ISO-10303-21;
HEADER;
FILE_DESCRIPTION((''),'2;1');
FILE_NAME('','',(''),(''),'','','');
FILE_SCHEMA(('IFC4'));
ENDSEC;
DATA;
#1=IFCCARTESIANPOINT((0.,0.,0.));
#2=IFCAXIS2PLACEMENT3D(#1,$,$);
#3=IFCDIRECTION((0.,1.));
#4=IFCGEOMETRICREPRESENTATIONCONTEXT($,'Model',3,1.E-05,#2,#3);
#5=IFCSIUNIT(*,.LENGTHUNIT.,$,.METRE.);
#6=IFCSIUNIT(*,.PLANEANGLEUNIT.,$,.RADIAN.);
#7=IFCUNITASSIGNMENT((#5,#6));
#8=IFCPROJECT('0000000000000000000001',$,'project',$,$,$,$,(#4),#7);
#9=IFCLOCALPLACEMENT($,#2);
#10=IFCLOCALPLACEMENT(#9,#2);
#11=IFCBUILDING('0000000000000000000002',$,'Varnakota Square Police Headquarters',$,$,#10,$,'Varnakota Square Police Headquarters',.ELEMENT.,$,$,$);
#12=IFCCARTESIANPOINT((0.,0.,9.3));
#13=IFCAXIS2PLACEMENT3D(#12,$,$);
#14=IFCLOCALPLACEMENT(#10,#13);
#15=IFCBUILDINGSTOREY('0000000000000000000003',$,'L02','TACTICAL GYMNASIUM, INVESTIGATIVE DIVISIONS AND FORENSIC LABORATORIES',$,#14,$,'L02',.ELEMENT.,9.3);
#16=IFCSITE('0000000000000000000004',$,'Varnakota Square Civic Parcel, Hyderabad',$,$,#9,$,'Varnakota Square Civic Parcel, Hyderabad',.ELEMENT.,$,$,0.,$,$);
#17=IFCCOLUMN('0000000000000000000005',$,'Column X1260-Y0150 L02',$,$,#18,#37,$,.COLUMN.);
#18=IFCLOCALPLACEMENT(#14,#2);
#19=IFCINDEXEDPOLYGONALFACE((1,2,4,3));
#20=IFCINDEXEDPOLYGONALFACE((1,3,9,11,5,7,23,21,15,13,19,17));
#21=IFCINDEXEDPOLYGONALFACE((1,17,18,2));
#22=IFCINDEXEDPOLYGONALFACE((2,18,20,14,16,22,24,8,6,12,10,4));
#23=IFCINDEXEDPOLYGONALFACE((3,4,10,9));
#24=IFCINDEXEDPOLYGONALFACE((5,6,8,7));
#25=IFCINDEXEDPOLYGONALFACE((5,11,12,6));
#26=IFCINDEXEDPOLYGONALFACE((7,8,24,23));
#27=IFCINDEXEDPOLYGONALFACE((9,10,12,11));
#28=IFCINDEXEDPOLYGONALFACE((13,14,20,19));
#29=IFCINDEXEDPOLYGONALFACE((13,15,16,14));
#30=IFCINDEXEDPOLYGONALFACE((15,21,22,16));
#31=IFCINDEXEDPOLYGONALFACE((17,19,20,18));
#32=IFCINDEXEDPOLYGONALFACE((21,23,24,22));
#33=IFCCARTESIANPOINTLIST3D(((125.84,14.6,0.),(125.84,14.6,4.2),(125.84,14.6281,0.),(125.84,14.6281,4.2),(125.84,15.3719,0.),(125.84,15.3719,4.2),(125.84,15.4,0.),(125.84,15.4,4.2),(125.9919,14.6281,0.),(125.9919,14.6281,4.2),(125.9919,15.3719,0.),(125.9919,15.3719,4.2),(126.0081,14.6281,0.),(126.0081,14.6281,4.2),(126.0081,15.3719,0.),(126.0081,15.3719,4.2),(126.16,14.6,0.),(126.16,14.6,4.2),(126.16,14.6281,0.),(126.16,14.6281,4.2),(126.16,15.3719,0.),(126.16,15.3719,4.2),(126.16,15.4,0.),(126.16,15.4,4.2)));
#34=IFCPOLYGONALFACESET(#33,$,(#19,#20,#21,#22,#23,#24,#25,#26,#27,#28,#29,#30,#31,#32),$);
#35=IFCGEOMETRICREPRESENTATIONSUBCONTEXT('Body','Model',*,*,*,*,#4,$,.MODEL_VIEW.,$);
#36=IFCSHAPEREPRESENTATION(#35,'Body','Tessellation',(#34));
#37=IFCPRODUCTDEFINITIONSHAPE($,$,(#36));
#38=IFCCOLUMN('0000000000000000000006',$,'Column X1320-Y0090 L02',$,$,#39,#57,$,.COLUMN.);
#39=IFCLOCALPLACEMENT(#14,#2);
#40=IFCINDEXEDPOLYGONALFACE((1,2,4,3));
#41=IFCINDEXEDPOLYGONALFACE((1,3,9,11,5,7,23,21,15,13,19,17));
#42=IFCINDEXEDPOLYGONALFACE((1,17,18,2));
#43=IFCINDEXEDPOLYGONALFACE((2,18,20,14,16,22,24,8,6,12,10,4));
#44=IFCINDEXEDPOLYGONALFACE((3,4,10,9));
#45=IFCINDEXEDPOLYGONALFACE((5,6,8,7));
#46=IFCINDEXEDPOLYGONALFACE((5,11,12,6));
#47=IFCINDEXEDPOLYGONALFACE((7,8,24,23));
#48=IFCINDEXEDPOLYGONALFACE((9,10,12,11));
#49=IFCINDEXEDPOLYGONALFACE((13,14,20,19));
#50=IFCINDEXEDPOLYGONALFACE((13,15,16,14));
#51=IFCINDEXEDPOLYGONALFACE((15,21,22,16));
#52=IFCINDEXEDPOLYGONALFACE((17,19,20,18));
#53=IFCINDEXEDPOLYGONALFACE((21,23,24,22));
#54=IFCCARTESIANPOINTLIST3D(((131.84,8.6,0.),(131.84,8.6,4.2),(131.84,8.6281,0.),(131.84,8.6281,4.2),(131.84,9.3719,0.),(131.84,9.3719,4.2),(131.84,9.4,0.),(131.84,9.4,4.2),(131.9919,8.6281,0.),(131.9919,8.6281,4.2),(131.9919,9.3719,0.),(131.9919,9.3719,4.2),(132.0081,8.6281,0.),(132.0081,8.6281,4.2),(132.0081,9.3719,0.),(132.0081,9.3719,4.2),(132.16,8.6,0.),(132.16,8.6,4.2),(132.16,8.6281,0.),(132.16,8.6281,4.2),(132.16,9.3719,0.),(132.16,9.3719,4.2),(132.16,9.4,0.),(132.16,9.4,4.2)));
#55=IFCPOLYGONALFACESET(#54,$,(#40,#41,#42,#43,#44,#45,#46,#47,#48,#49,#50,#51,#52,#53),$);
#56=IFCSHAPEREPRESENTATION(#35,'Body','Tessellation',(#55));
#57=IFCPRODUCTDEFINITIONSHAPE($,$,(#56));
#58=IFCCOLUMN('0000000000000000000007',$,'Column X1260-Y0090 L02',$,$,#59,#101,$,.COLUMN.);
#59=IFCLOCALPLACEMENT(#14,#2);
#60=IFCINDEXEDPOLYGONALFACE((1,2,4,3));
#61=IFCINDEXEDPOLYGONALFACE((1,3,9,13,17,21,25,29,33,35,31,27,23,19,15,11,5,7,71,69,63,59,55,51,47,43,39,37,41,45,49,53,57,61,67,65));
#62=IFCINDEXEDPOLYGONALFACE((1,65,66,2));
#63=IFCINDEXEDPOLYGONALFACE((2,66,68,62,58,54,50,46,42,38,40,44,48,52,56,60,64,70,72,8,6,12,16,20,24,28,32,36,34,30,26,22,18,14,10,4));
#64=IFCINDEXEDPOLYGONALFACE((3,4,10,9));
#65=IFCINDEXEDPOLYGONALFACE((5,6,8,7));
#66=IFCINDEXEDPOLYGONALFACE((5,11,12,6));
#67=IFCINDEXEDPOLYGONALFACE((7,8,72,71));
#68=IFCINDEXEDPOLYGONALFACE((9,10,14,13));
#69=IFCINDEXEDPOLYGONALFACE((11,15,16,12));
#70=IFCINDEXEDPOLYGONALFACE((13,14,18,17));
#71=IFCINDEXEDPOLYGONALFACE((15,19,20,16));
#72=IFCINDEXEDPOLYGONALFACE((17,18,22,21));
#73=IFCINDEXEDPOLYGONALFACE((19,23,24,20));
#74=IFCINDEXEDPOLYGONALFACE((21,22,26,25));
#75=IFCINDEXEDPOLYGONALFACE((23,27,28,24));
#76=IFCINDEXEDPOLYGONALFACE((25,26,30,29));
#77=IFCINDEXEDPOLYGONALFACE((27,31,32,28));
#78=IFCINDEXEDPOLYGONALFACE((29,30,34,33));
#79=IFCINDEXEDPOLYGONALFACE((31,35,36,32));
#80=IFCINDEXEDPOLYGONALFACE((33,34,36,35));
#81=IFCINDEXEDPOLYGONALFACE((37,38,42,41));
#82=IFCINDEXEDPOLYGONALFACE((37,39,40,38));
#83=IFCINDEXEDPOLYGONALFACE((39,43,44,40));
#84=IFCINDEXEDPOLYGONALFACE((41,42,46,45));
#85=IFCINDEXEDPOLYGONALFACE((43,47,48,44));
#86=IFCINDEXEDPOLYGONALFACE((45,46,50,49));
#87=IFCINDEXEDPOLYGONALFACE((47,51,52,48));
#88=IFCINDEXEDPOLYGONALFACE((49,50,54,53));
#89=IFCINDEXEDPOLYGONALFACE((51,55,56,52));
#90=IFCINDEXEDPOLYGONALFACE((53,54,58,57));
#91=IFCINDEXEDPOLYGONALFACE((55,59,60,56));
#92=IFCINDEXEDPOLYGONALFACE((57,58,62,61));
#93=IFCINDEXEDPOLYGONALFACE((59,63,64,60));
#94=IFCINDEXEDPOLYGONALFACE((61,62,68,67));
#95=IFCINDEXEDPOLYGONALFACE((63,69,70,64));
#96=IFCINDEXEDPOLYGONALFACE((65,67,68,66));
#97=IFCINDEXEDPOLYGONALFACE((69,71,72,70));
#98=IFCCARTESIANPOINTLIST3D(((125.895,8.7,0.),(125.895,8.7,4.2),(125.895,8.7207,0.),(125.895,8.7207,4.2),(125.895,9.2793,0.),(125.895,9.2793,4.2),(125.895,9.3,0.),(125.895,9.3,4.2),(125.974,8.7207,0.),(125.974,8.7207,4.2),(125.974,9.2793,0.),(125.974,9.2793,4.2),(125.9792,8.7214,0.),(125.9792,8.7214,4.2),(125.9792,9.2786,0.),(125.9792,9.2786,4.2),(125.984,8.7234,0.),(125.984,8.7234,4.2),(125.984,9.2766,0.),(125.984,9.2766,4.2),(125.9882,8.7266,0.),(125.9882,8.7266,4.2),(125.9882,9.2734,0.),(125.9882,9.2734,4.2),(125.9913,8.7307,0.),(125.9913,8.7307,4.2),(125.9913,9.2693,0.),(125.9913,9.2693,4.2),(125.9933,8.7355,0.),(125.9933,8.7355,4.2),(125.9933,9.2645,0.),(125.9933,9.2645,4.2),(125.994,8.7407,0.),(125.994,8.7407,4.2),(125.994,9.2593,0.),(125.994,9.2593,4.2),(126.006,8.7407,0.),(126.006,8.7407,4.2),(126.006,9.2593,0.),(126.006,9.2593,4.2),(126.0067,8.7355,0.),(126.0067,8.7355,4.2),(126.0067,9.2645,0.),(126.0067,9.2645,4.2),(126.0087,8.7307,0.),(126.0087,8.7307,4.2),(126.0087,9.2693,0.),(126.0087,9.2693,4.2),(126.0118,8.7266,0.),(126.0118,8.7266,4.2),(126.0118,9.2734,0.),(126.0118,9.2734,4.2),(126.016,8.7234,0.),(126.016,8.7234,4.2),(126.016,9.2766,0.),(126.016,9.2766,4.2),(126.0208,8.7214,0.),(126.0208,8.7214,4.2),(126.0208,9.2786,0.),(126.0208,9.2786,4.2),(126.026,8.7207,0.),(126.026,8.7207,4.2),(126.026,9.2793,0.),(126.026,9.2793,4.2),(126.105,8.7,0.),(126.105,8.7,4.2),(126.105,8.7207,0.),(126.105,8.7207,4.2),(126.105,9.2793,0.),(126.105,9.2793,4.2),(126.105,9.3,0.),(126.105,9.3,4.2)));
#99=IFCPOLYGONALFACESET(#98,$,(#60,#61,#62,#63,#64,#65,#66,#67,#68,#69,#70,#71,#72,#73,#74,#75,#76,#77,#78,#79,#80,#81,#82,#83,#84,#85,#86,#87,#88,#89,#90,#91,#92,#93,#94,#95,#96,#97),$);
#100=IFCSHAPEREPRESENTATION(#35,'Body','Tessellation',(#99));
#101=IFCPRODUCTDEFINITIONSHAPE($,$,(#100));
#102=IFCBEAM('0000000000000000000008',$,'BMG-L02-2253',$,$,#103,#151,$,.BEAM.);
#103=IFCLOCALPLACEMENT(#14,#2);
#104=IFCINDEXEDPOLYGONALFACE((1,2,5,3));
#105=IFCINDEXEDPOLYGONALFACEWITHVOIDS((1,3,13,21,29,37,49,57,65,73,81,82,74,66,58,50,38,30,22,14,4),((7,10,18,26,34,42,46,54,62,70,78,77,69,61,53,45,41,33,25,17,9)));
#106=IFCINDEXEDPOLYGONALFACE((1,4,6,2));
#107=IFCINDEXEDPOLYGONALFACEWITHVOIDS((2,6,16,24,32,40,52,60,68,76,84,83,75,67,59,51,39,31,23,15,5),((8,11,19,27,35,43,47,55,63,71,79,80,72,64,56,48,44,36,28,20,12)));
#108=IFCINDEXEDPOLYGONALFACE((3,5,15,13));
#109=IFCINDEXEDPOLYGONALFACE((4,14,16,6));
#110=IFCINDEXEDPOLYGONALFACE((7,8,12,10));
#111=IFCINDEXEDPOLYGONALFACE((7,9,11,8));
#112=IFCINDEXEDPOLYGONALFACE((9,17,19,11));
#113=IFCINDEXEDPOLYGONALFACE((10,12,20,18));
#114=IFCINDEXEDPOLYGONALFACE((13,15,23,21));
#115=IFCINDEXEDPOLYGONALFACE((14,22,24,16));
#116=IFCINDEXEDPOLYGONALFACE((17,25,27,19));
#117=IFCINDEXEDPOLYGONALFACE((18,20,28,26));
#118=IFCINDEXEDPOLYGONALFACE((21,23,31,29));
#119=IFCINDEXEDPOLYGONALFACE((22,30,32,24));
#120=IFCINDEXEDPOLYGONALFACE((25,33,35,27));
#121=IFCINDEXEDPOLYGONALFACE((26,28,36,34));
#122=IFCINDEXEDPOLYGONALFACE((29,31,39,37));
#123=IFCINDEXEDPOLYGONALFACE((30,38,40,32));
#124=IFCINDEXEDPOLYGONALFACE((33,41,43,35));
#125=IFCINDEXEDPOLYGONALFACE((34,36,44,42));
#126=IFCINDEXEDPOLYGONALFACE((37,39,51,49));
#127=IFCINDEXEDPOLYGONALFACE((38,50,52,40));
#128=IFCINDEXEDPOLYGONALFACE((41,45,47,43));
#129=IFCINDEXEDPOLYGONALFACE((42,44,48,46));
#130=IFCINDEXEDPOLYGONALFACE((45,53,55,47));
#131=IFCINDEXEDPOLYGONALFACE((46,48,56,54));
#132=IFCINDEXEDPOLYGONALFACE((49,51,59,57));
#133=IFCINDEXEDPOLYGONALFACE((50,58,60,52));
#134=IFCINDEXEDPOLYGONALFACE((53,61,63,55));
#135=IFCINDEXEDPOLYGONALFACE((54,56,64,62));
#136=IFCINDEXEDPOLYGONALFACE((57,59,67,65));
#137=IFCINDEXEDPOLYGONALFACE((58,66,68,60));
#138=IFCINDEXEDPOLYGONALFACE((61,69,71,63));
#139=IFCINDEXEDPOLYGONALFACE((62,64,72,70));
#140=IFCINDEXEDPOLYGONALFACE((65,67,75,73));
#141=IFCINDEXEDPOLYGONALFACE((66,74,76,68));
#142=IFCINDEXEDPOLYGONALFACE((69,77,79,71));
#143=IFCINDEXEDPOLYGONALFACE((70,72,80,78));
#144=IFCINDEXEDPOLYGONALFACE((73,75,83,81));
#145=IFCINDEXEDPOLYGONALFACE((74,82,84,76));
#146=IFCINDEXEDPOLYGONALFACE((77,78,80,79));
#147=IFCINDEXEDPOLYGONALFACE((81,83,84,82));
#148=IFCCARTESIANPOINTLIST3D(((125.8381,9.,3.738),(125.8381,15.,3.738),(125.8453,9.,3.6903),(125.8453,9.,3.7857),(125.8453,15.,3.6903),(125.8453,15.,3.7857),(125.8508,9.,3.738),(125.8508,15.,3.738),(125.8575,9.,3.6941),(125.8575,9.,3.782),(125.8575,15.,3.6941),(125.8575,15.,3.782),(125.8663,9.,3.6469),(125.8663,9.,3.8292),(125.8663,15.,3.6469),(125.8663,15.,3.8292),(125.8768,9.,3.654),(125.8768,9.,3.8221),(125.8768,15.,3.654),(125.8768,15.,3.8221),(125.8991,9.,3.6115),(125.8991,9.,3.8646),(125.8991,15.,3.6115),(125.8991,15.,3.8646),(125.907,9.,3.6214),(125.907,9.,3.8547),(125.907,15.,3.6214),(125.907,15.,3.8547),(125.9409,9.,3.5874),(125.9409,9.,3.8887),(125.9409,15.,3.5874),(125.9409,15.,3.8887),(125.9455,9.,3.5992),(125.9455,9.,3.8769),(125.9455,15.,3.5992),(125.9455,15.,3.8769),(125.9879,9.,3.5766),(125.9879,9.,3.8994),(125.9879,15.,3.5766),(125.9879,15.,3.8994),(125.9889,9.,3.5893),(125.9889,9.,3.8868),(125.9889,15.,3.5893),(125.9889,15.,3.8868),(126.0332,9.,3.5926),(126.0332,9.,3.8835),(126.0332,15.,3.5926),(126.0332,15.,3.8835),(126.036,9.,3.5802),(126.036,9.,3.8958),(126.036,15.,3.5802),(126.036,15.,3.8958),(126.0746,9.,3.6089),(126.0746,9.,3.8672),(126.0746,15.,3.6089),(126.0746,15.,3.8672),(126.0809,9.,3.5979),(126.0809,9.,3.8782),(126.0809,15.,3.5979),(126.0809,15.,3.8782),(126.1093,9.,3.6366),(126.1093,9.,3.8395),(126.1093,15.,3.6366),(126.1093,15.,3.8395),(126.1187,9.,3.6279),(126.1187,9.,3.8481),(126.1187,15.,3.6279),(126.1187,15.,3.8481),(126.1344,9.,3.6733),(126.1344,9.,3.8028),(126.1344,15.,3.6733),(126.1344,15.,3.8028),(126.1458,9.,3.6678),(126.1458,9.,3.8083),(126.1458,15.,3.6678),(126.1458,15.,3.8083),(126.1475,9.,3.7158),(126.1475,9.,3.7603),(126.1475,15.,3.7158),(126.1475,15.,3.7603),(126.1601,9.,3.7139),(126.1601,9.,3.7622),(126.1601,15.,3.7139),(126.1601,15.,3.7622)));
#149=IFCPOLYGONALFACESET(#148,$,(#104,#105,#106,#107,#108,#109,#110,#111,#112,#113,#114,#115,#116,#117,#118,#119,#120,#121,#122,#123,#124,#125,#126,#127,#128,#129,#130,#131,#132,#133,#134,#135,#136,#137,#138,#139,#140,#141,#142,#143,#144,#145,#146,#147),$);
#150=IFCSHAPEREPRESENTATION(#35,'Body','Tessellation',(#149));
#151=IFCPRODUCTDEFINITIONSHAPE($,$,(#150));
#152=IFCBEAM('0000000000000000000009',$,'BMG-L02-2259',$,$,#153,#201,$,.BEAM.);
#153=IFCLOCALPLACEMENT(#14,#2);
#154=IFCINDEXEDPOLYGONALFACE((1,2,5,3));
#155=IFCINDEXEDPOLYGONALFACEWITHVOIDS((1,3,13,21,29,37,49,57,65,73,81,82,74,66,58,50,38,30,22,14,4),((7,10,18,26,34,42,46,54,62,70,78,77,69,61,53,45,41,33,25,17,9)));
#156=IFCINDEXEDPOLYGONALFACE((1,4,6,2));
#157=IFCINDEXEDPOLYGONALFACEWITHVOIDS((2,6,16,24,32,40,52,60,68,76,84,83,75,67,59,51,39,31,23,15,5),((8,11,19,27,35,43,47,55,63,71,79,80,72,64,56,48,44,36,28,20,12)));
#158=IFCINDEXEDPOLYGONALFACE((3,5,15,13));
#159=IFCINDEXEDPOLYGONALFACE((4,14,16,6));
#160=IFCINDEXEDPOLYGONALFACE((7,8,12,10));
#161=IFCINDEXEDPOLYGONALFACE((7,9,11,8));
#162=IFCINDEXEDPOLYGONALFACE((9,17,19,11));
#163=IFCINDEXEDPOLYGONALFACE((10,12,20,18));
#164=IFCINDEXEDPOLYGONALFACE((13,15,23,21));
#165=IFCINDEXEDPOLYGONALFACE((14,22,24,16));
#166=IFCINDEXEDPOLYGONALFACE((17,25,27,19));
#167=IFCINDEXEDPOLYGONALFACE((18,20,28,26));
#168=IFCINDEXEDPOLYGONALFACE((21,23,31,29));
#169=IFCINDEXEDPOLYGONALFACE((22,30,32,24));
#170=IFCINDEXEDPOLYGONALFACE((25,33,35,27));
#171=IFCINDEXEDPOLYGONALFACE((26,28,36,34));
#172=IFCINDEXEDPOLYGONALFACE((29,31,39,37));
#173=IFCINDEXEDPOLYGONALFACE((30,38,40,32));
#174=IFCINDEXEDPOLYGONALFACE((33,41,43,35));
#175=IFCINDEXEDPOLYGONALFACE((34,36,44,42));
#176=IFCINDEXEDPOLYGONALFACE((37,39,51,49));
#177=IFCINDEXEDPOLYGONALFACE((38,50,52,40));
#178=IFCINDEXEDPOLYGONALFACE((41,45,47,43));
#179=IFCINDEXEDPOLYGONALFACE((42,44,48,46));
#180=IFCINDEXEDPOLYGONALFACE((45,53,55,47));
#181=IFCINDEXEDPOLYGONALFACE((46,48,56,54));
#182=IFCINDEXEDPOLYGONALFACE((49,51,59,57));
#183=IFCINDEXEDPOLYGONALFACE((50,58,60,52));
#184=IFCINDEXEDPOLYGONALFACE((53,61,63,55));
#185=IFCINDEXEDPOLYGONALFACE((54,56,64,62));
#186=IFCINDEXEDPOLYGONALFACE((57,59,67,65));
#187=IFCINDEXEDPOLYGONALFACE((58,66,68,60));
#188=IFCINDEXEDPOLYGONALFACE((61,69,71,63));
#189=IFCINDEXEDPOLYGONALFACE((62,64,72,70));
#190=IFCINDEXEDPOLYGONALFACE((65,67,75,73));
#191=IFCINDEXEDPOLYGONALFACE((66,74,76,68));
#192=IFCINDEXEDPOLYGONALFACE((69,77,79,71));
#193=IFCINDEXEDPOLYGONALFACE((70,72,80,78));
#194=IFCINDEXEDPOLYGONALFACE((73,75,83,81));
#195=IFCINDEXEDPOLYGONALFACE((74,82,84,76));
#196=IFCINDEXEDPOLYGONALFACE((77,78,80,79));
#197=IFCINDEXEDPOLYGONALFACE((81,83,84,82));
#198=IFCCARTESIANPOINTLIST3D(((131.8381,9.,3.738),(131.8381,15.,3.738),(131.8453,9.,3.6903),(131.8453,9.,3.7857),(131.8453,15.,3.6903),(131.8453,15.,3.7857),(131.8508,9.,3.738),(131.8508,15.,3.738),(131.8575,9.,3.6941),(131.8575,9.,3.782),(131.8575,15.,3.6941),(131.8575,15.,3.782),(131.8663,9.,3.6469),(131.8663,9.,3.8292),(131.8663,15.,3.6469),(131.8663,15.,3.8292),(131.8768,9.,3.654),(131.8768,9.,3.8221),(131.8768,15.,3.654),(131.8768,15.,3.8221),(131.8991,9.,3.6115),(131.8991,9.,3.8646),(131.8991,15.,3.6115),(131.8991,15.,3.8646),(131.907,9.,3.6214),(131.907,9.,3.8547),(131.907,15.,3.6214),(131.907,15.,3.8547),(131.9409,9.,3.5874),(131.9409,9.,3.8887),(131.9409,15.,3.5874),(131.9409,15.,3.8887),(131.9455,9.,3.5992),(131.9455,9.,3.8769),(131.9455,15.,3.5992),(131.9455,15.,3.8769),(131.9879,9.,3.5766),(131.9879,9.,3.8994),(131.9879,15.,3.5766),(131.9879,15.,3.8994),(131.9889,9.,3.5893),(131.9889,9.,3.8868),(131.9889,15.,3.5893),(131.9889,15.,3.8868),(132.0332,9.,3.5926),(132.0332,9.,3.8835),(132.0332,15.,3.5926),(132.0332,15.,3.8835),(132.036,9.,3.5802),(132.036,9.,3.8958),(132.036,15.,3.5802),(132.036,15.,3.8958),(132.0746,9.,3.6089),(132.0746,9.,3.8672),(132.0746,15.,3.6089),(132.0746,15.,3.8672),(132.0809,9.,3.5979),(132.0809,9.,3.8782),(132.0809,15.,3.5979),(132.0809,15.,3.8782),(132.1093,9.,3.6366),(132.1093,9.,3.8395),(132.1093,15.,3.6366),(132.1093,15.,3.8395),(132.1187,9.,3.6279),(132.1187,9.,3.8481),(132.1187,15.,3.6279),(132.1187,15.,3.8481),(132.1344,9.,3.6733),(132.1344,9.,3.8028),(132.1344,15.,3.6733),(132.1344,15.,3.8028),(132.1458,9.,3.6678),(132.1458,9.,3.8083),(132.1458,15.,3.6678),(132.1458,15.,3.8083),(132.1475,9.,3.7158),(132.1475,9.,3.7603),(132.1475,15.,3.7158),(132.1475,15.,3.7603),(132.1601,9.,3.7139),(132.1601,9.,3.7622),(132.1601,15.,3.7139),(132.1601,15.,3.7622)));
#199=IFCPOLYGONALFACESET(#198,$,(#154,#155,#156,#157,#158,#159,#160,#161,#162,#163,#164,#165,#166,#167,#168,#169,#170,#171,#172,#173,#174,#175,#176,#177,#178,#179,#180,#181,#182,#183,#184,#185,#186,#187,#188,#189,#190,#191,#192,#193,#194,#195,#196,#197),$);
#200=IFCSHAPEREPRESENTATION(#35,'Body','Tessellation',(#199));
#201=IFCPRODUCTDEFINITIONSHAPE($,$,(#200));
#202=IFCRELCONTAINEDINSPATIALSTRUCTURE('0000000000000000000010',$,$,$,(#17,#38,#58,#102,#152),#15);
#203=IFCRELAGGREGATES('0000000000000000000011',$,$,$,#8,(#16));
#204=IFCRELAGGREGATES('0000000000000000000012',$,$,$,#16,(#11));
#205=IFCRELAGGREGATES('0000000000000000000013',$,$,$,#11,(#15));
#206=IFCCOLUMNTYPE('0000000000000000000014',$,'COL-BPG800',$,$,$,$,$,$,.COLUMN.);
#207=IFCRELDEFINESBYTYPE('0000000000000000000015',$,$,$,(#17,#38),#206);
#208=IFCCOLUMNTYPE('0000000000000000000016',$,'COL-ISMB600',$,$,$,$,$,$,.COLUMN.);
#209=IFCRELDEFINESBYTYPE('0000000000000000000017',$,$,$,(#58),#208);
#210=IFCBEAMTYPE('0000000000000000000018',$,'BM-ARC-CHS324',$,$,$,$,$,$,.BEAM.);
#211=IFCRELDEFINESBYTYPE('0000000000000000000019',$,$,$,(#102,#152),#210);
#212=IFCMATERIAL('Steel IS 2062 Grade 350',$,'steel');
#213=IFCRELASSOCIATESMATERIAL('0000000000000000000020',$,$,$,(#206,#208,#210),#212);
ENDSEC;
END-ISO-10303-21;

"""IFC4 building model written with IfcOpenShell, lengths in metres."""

from ifc_helpers import new_model, si_unit, direction, frame, origin, origin_2d, place, context, subcontext, project, spatial, hollow_circle, i_section, extrude, material, material_profile, profile_set, type_object, element, save


model = new_model("IFC4")

# Units and contexts
model_context = context("Model", 3, precision=1e-05, world=origin(), true_north=direction((0.0, 1.0)))
body_context = subcontext(model_context, "Body", "Model", "MODEL_VIEW")
ifc_project = project(units=[si_unit("LENGTHUNIT", "METRE"), si_unit("PLANEANGLEUNIT", "RADIAN")], contexts=[model_context])

# Site, building, storey
site_placement = place(None, origin())
site = spatial("IfcSite", under=ifc_project, at=site_placement, Name="Varnakota Square Civic Parcel, Hyderabad", LongName="Varnakota Square Civic Parcel, Hyderabad", CompositionType="ELEMENT", RefElevation=0.0)
building_placement = place(site_placement, origin())
building = spatial("IfcBuilding", under=site, at=building_placement, Name="Varnakota Square Police Headquarters", LongName="Varnakota Square Police Headquarters", CompositionType="ELEMENT")
storey_placement = place(building_placement, frame((0.0, 0.0, 9.3)))
storey = spatial("IfcBuildingStorey", under=building, at=storey_placement, Name="L02", Description="TACTICAL GYMNASIUM, INVESTIGATIVE DIVISIONS AND FORENSIC LABORATORIES", LongName="L02", CompositionType="ELEMENT", Elevation=9.3)

# Columns
ifc_material_1 = material(Name="Steel IS 2062 Grade 350", Category="steel")
ifc_material_profile_1 = material_profile(ifc_material_1, i_section(OverallWidth=0.3201, OverallDepth=0.8, WebThickness=0.0161, FlangeThickness=0.0281, at=origin_2d()), Name="BPG 800x320")
ifc_profile_set_1 = profile_set([ifc_material_profile_1], Name="Steel IS 2062 Grade 350")
column_type_1 = type_object("IfcColumnType", Name="COL-BPG800", PredefinedType="COLUMN", material=ifc_profile_set_1)
for number, where, z_axis, x_axis, name in (
    (1, (126.0, 15.0, 0.0), (0.0, 0.0, 1.0), (1.0, 0.0, 0.0), "Column X1260-Y0150 L02"),
    (2, (132.0, 9.0, 0.0), (0.0, 0.0, 1.0), (1.0, 0.0, 0.0), "Column X1320-Y0090 L02"),
):
    element("IfcColumn", number, at=place(storey_placement, frame(where, z_axis=z_axis, x_axis=x_axis)), inside=storey, type_object=column_type_1, Name=name, PredefinedType="COLUMN", context=body_context, shape_type="SweptSolid", body=[
        extrude(i_section(OverallWidth=0.3201, OverallDepth=0.8, WebThickness=0.0161, FlangeThickness=0.0281, at=origin_2d()), origin(), (0.0, 0.0, 1.0), 4.2),
    ])
ifc_material_profile_2 = material_profile(ifc_material_1, i_section(OverallWidth=0.21, OverallDepth=0.6001, WebThickness=0.012, FlangeThickness=0.0208, FilletRadius=0.02, at=origin_2d()), Name="ISMB 600")
ifc_profile_set_2 = profile_set([ifc_material_profile_2], Name="Steel IS 2062 Grade 350")
column_type_2 = type_object("IfcColumnType", Name="COL-ISMB600", PredefinedType="COLUMN", material=ifc_profile_set_2)
column_placement = place(storey_placement, frame((126.0, 9.0, 0.0), z_axis=(0.0, 0.0, 1.0), x_axis=(1.0, 0.0, 0.0)))
element("IfcColumn", 3, at=column_placement, inside=storey, type_object=column_type_2, Name="Column X1260-Y0090 L02", PredefinedType="COLUMN", context=body_context, shape_type="SweptSolid", body=[
    extrude(i_section(OverallWidth=0.21, OverallDepth=0.6001, WebThickness=0.012, FlangeThickness=0.0208, FilletRadius=0.02, at=origin_2d()), origin(), (0.0, 0.0, 1.0), 4.2),
])

# Beams
ifc_material_profile_3 = material_profile(ifc_material_1, hollow_circle(Radius=0.1619, WallThickness=0.0127, at=origin_2d()), Name="CHS 323.9x12.7")
ifc_profile_set_3 = profile_set([ifc_material_profile_3], Name="Steel IS 2062 Grade 350")
beam_type_1 = type_object("IfcBeamType", Name="BM-ARC-CHS324", PredefinedType="BEAM", material=ifc_profile_set_3)
for number, where, z_axis, x_axis, name in (
    (4, (126.0, 9.0, 3.738), (0.0, 1.0, 0.0), (-1.0, 0.0, 0.0), "BMG-L02-2253"),
    (5, (132.0, 9.0, 3.738), (0.0, 1.0, 0.0), (-1.0, 0.0, 0.0), "BMG-L02-2259"),
):
    element("IfcBeam", number, at=place(storey_placement, frame(where, z_axis=z_axis, x_axis=x_axis)), inside=storey, type_object=beam_type_1, Name=name, PredefinedType="BEAM", context=body_context, shape_type="SweptSolid", body=[
        extrude(hollow_circle(Radius=0.1619, WallThickness=0.0127, at=origin_2d()), origin(), (0.0, 0.0, 1.0), 6.0),
    ])

save(model, "model.ifc")
